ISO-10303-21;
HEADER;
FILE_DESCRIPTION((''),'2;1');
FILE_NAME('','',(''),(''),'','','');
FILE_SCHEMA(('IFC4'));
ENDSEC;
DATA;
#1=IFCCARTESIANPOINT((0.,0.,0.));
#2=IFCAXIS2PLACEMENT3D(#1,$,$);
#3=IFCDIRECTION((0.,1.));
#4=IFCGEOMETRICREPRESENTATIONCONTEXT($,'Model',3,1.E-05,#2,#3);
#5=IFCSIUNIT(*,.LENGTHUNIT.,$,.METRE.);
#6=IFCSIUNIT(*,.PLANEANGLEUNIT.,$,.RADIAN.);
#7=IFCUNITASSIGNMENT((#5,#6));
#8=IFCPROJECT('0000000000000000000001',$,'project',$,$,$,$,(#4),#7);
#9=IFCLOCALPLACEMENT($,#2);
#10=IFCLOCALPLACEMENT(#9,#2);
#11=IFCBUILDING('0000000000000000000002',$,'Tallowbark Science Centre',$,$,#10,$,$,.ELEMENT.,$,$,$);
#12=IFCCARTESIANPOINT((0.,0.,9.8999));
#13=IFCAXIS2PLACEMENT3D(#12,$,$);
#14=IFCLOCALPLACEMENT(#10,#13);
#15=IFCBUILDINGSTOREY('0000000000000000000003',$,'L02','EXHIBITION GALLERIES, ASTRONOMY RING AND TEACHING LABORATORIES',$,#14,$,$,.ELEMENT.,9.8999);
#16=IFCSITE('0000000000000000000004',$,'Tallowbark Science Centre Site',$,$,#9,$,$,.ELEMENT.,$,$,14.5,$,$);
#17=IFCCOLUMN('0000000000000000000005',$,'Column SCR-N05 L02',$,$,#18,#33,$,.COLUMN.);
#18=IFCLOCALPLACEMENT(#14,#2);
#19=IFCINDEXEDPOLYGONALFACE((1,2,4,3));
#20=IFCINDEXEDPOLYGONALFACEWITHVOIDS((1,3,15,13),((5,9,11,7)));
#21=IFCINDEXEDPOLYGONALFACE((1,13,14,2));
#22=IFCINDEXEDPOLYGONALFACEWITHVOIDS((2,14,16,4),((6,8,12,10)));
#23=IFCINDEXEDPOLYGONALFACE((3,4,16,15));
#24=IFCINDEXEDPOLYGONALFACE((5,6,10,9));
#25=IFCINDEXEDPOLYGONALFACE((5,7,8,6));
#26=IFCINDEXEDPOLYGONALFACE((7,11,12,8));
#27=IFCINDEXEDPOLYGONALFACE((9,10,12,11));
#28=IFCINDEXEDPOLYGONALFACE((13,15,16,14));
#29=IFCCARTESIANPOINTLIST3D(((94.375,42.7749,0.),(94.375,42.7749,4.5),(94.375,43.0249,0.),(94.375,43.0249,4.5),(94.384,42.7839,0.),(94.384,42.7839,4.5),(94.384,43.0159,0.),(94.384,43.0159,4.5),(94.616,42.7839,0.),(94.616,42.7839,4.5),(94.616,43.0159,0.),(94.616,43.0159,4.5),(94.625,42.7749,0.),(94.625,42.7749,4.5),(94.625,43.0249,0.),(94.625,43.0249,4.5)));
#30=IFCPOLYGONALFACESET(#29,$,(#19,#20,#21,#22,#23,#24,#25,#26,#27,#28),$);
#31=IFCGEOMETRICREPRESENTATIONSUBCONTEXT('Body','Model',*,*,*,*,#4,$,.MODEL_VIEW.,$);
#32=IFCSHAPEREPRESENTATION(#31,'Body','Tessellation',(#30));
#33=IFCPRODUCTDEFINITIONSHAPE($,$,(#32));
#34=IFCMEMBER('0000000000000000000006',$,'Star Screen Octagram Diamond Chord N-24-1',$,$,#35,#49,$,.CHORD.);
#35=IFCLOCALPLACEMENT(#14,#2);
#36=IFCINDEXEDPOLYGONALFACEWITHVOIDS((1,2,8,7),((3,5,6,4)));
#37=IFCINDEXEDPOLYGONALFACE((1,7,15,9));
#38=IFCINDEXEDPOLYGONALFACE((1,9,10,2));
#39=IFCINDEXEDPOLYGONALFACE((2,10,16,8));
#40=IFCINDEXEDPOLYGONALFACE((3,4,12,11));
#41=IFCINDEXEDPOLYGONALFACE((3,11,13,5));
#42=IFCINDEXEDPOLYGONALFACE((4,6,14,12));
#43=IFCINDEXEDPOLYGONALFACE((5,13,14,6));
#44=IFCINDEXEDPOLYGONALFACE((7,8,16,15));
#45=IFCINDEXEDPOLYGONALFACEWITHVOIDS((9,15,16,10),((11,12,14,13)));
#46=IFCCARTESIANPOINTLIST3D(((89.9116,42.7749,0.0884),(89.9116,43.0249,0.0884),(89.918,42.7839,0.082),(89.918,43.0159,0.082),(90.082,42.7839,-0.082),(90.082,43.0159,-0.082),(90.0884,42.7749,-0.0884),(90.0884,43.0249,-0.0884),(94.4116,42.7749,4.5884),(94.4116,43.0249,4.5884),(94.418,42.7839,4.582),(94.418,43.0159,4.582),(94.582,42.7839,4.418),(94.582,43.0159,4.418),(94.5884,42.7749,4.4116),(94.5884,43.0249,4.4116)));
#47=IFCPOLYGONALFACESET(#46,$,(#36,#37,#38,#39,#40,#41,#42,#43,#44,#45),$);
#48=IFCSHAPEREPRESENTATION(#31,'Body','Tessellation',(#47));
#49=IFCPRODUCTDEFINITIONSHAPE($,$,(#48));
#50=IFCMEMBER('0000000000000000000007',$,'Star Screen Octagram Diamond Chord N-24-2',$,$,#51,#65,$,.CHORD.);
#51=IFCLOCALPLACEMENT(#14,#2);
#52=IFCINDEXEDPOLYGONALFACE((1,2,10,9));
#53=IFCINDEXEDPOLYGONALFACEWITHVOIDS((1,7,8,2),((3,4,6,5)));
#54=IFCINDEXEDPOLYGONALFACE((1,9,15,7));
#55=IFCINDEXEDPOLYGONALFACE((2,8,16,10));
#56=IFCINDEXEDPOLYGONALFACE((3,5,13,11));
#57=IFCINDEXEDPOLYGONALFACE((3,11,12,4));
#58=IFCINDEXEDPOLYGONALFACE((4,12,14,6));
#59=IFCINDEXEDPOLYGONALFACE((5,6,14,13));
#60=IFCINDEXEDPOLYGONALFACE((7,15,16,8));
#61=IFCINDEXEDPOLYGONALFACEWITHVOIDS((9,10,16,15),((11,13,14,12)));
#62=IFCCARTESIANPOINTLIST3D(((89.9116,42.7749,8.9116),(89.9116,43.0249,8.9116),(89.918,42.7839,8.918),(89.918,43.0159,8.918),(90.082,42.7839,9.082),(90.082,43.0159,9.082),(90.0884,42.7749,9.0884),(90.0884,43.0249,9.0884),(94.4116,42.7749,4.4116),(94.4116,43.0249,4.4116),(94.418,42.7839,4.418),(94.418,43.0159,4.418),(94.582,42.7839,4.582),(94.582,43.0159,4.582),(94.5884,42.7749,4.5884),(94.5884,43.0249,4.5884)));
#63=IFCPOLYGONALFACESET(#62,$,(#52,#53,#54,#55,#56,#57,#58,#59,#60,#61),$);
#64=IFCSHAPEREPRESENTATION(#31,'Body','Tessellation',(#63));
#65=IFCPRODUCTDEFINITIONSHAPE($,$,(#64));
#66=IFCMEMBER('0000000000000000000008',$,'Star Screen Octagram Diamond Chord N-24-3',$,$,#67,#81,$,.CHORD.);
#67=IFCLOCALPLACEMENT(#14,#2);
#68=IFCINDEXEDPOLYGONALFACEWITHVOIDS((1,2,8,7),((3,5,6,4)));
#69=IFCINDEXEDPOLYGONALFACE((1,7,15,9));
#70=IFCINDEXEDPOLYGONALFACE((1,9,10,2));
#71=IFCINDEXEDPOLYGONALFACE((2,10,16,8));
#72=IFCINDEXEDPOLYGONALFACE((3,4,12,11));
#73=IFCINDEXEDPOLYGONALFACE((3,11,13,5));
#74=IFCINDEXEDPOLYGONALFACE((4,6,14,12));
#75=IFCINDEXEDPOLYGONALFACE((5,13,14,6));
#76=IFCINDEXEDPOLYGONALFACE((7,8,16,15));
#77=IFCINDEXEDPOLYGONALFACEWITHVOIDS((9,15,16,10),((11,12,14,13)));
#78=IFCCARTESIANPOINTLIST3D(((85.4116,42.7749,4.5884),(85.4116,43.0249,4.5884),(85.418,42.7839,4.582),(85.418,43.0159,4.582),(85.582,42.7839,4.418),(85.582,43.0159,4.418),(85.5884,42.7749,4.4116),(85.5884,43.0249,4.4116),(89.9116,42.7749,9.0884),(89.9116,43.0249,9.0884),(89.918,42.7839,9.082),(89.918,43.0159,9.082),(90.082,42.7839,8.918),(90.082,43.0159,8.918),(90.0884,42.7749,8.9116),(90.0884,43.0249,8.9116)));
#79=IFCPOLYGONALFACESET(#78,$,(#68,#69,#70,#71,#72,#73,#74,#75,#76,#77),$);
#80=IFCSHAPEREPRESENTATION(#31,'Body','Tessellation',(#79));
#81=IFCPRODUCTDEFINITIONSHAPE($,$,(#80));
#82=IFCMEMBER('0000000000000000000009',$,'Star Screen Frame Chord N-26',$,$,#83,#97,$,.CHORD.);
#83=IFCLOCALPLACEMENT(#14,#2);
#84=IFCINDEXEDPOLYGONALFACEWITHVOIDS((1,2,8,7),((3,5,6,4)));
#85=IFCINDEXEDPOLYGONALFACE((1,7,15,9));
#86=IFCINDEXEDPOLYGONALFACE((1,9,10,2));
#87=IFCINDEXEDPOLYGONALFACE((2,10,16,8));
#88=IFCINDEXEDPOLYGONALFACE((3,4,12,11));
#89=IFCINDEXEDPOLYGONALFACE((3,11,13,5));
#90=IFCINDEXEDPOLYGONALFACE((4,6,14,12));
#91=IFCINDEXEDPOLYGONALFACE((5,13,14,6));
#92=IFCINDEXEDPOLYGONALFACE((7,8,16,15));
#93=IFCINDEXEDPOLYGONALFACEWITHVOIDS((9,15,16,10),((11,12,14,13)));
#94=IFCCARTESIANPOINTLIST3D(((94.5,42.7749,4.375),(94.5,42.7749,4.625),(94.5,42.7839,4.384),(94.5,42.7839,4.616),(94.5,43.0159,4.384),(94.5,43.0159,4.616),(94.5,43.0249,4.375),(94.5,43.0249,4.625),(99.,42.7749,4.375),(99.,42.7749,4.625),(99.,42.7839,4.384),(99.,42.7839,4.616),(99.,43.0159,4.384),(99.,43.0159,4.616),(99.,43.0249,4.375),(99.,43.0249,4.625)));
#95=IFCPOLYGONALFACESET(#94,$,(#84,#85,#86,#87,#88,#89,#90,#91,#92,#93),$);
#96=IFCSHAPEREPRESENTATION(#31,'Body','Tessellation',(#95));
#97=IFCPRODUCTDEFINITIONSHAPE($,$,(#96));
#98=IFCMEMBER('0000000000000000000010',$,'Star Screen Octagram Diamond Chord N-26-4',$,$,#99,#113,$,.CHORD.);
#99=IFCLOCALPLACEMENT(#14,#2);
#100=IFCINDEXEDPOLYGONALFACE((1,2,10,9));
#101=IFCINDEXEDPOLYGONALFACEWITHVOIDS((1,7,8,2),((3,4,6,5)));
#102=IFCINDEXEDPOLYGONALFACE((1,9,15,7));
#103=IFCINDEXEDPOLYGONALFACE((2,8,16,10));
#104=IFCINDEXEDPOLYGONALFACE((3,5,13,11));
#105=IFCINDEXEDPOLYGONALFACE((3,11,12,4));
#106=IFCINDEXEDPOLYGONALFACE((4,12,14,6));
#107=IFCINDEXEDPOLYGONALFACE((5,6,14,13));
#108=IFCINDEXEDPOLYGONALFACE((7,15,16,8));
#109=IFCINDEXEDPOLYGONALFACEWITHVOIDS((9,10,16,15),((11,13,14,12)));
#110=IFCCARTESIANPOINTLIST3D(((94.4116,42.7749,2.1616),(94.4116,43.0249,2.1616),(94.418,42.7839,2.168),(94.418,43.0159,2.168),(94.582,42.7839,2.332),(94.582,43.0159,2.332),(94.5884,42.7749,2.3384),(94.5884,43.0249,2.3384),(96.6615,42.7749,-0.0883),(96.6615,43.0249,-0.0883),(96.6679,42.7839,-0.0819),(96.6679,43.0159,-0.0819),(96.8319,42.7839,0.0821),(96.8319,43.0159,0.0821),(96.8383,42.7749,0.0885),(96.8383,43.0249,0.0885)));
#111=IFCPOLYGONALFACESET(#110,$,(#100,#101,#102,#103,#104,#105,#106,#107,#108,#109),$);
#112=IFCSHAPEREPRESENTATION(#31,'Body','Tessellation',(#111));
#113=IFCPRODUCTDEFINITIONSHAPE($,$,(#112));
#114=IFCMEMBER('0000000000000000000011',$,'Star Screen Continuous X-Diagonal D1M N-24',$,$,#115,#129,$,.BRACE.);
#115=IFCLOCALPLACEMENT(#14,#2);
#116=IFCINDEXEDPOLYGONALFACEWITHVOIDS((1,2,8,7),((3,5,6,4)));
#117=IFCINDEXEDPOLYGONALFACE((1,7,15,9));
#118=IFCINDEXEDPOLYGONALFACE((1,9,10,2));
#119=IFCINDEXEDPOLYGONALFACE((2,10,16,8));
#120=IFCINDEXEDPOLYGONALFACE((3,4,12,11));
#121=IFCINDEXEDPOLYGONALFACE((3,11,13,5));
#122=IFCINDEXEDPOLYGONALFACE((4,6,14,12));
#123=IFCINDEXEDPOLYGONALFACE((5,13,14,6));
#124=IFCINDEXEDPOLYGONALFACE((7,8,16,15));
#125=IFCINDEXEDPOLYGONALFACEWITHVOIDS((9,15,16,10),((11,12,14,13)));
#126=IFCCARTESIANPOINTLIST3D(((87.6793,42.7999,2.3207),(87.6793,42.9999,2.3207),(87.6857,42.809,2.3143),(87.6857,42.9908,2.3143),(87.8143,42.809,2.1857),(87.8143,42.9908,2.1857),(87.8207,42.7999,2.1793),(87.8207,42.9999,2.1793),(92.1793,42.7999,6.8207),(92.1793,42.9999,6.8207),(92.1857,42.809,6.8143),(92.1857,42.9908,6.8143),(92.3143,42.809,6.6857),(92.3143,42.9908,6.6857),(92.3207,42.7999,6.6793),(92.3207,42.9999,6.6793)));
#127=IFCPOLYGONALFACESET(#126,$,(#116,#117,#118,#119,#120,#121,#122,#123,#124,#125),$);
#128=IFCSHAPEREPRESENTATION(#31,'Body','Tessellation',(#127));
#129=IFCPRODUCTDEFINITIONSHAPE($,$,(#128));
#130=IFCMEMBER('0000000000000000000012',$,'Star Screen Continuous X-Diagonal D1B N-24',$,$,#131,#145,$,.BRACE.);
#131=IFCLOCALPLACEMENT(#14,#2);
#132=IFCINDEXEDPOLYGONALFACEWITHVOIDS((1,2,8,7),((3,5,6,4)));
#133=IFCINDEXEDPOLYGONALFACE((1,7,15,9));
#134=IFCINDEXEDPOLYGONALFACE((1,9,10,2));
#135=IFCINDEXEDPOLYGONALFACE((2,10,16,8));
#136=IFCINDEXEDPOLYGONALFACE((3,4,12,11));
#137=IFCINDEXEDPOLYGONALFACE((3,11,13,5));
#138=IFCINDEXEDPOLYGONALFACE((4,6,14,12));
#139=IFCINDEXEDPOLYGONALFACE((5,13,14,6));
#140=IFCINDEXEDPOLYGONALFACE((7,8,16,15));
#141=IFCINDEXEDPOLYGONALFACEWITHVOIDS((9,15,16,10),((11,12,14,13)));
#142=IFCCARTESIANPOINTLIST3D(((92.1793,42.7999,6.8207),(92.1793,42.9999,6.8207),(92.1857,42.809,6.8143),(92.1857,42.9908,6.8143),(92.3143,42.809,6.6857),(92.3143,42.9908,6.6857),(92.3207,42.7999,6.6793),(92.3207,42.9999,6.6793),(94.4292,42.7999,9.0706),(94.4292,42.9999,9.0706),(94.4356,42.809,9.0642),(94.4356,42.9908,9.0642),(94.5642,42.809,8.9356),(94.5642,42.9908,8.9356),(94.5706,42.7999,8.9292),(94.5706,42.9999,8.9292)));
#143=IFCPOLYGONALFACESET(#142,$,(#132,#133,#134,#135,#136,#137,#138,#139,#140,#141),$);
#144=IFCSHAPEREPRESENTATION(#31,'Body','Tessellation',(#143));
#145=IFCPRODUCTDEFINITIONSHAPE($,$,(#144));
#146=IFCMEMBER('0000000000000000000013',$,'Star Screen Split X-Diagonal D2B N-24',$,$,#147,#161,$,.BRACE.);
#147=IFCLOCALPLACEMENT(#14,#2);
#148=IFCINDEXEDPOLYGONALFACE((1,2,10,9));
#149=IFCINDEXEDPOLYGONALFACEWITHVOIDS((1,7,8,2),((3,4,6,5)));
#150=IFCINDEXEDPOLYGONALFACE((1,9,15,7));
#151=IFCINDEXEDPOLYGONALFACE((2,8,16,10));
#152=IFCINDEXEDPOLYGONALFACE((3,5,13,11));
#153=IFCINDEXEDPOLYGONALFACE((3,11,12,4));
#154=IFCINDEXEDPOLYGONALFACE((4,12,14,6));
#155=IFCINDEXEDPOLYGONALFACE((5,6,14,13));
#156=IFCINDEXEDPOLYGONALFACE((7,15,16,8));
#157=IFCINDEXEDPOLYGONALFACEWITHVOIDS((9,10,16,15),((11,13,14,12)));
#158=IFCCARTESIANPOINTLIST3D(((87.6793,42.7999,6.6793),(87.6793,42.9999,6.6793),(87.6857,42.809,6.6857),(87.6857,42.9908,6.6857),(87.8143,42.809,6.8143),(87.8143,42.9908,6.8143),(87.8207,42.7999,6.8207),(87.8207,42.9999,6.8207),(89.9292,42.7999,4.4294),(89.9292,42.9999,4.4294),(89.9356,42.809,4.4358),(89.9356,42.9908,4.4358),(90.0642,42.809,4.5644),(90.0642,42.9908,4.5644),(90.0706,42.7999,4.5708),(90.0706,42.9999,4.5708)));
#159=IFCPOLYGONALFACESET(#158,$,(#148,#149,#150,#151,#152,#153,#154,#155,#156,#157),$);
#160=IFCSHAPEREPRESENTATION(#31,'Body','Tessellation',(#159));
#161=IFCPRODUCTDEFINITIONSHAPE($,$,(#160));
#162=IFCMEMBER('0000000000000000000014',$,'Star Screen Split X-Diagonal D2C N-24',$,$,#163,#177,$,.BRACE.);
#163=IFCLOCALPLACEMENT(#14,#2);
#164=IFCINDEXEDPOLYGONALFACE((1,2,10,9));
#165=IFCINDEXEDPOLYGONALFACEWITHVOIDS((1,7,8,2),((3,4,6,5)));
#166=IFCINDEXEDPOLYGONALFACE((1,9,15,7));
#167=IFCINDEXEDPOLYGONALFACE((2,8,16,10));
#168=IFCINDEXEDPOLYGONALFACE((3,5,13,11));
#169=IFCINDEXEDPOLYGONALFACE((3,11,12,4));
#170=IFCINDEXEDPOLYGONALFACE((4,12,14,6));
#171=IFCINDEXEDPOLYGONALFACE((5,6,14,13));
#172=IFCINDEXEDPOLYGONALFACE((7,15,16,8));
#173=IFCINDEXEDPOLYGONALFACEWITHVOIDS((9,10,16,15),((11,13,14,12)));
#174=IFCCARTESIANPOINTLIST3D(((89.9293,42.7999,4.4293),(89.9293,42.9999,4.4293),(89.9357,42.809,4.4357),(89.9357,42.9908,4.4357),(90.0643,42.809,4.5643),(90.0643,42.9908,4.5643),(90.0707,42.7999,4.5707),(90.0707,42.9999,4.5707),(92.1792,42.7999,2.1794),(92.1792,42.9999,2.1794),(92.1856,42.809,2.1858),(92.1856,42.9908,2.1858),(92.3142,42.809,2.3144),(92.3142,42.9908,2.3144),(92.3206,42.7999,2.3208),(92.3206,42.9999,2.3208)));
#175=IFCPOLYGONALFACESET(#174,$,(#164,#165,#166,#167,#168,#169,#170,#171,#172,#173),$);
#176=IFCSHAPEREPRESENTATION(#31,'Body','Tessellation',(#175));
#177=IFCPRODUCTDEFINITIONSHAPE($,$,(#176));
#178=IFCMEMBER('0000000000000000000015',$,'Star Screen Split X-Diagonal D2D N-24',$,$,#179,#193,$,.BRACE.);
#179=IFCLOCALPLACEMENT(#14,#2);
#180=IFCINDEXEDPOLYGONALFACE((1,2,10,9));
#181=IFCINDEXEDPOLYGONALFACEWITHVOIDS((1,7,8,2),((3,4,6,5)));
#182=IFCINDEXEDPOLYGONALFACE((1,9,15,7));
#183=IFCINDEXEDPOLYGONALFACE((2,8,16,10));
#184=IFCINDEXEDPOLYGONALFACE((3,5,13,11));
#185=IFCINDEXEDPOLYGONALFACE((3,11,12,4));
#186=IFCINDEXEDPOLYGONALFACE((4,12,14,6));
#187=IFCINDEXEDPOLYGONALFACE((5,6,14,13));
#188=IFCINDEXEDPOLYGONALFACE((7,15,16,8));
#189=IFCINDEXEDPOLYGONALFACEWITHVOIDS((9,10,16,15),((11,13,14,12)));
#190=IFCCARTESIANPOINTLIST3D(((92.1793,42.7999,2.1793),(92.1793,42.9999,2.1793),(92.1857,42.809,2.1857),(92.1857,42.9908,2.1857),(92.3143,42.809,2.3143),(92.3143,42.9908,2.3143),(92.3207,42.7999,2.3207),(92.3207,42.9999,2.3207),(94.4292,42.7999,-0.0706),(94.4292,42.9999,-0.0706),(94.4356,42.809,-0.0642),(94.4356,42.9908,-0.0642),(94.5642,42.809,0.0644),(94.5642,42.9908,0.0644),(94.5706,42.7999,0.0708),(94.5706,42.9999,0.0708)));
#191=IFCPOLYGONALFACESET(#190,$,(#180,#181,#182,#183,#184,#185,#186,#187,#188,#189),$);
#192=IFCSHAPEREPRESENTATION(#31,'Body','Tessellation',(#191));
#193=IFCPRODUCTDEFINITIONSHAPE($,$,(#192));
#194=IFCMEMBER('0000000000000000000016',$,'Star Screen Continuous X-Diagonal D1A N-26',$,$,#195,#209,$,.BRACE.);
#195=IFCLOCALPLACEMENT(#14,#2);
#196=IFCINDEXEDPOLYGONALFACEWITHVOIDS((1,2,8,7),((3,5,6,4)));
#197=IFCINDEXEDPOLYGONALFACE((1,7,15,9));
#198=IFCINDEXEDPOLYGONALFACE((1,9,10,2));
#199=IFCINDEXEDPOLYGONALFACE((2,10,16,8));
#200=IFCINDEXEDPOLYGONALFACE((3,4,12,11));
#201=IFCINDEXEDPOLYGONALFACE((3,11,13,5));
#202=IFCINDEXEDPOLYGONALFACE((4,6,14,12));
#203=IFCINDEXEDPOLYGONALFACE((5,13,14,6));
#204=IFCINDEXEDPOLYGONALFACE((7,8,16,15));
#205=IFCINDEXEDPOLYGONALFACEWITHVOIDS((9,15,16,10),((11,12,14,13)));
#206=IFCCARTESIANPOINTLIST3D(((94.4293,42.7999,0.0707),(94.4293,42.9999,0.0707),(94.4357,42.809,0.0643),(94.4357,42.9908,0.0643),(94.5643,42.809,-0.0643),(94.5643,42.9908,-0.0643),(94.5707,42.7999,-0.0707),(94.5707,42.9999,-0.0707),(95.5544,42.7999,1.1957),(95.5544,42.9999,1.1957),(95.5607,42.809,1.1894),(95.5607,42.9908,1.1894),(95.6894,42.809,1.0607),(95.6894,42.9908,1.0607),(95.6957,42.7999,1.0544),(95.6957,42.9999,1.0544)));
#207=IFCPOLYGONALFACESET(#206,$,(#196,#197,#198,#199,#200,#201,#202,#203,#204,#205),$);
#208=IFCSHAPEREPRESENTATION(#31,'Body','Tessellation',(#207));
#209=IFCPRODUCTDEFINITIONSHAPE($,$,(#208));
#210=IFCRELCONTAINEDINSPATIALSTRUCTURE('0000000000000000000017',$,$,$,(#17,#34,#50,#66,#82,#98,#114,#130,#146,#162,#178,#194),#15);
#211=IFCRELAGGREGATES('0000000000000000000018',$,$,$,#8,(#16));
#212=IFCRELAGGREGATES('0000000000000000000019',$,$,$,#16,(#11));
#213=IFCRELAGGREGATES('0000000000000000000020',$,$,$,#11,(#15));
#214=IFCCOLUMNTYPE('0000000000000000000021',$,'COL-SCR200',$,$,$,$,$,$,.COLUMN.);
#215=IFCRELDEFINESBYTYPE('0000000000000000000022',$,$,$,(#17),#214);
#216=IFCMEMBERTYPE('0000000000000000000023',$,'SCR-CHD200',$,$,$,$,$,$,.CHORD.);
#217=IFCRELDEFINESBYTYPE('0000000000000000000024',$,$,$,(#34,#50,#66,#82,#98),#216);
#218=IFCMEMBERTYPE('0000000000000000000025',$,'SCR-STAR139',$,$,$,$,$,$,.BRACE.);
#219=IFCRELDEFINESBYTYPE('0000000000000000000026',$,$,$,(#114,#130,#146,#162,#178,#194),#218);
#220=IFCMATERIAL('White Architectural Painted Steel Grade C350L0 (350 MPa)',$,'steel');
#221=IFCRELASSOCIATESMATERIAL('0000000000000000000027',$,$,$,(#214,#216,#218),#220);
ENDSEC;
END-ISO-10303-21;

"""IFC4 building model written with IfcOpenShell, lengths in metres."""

from ifc_helpers import new_model, si_unit, direction, frame, origin, origin_2d, place, context, subcontext, project, spatial, hollow_rectangle, extrude, material, material_profile, profile_set, type_object, element, save


model = new_model("IFC4")

# Units and contexts
model_context = context("Model", 3, precision=1e-05, world=origin(), true_north=direction((0.0, 1.0)))
body_context = subcontext(model_context, "Body", "Model", "MODEL_VIEW")
ifc_project = project(units=[si_unit("LENGTHUNIT", "METRE"), si_unit("PLANEANGLEUNIT", "RADIAN")], contexts=[model_context])

# Site, building, storey
site_placement = place(None, origin())
site = spatial("IfcSite", under=ifc_project, at=site_placement, Name="Tallowbark Science Centre Site", CompositionType="ELEMENT", RefElevation=14.5)
building_placement = place(site_placement, origin())
building = spatial("IfcBuilding", under=site, at=building_placement, Name="Tallowbark Science Centre", CompositionType="ELEMENT")
storey_placement = place(building_placement, frame((0.0, 0.0, 9.8999)))
storey = spatial("IfcBuildingStorey", under=building, at=storey_placement, Name="L02", Description="EXHIBITION GALLERIES, ASTRONOMY RING AND TEACHING LABORATORIES", CompositionType="ELEMENT", Elevation=9.8999)

# Column
ifc_material_1 = material(Name="White Architectural Painted Steel Grade C350L0 (350 MPa)", Category="steel")
ifc_material_profile_1 = material_profile(ifc_material_1, hollow_rectangle(XDim=0.25, YDim=0.25, WallThickness=0.009, at=origin_2d()), Name="250x250x9.0SHS")
ifc_profile_set_1 = profile_set([ifc_material_profile_1], Name="White Architectural Painted Steel Grade C350L0 (350 MPa)")
column_type = type_object("IfcColumnType", Name="COL-SCR200", PredefinedType="COLUMN", material=ifc_profile_set_1)
column_placement = place(storey_placement, frame((94.5, 42.8999, 0.0), z_axis=(0.0, 0.0, 1.0), x_axis=(1.0, 0.0, 0.0)))
element("IfcColumn", 1, at=column_placement, inside=storey, type_object=column_type, Name="Column SCR-N05 L02", PredefinedType="COLUMN", context=body_context, shape_type="SweptSolid", body=[
    extrude(hollow_rectangle(XDim=0.25, YDim=0.25, WallThickness=0.009, at=origin_2d()), origin(), (0.0, 0.0, 1.0), 4.5),
])

# Members
ifc_material_profile_2 = material_profile(ifc_material_1, hollow_rectangle(XDim=0.25, YDim=0.25, WallThickness=0.009, at=origin_2d()), Name="250x250x9.0SHS")
ifc_profile_set_2 = profile_set([ifc_material_profile_2], Name="White Architectural Painted Steel Grade C350L0 (350 MPa)")
member_type_1 = type_object("IfcMemberType", Name="SCR-CHD200", PredefinedType="CHORD", material=ifc_profile_set_2)
for number, where, z_axis, x_axis, name in (
    (2, (90.0, 42.8999, 0.0), (0.707107, 0.0, 0.707107), (0.0, 1.0, 0.0), "Star Screen Octagram Diamond Chord N-24-1"),
    (3, (94.5, 42.8999, 4.5), (-0.707107, 0.0, 0.707107), (0.0, -1.0, 0.0), "Star Screen Octagram Diamond Chord N-24-2"),
    (4, (90.0, 42.8999, 9.0), (-0.707107, 0.0, -0.707107), (0.0, -1.0, 0.0), "Star Screen Octagram Diamond Chord N-24-3"),
):
    element("IfcMember", number, at=place(storey_placement, frame(where, z_axis=z_axis, x_axis=x_axis)), inside=storey, type_object=member_type_1, Name=name, PredefinedType="CHORD", context=body_context, shape_type="SweptSolid", body=[
        extrude(hollow_rectangle(XDim=0.25, YDim=0.25, WallThickness=0.009, at=origin_2d()), origin(), (0.0, 0.0, 1.0), 6.364),
    ])
member_1_placement = place(storey_placement, frame((94.5, 42.8999, 4.5), z_axis=(1.0, 0.0, 0.0), x_axis=(0.0, 1.0, 0.0)))
element("IfcMember", 5, at=member_1_placement, inside=storey, type_object=member_type_1, Name="Star Screen Frame Chord N-26", PredefinedType="CHORD", context=body_context, shape_type="SweptSolid", body=[
    extrude(hollow_rectangle(XDim=0.25, YDim=0.25, WallThickness=0.009, at=origin_2d()), origin(), (0.0, 0.0, 1.0), 4.5),
])
member_2_placement = place(storey_placement, frame((94.5, 42.8999, 2.25), z_axis=(0.707107, 0.0, -0.707107), x_axis=(0.0, 1.0, 0.0)))
element("IfcMember", 6, at=member_2_placement, inside=storey, type_object=member_type_1, Name="Star Screen Octagram Diamond Chord N-26-4", PredefinedType="CHORD", context=body_context, shape_type="SweptSolid", body=[
    extrude(hollow_rectangle(XDim=0.25, YDim=0.25, WallThickness=0.009, at=origin_2d()), origin(), (0.0, 0.0, 1.0), 3.1819),
])
ifc_material_profile_3 = material_profile(ifc_material_1, hollow_rectangle(XDim=0.2, YDim=0.2, WallThickness=0.009, at=origin_2d()), Name="200x200x9.0SHS")
ifc_profile_set_3 = profile_set([ifc_material_profile_3], Name="White Architectural Painted Steel Grade C350L0 (350 MPa)")
member_type_2 = type_object("IfcMemberType", Name="SCR-STAR139", PredefinedType="BRACE", material=ifc_profile_set_3)
member_3_placement = place(storey_placement, frame((87.75, 42.8999, 2.25), z_axis=(0.707107, 0.0, 0.707107), x_axis=(0.0, 1.0, 0.0)))
element("IfcMember", 7, at=member_3_placement, inside=storey, type_object=member_type_2, Name="Star Screen Continuous X-Diagonal D1M N-24", PredefinedType="BRACE", context=body_context, shape_type="SweptSolid", body=[
    extrude(hollow_rectangle(XDim=0.2, YDim=0.2, WallThickness=0.009, at=origin_2d()), origin(), (0.0, 0.0, 1.0), 6.364),
])
for number, where, z_axis, x_axis, name in (
    (8, (92.25, 42.8999, 6.75), (0.707107, 0.0, 0.707107), (0.0, 1.0, 0.0), "Star Screen Continuous X-Diagonal D1B N-24"),
    (9, (87.75, 42.8999, 6.75), (0.707107, 0.0, -0.707107), (0.0, 1.0, 0.0), "Star Screen Split X-Diagonal D2B N-24"),
    (10, (90.0, 42.8999, 4.5), (0.707107, 0.0, -0.707107), (0.0, 1.0, 0.0), "Star Screen Split X-Diagonal D2C N-24"),
    (11, (92.25, 42.8999, 2.25), (0.707107, 0.0, -0.707107), (0.0, 1.0, 0.0), "Star Screen Split X-Diagonal D2D N-24"),
):
    element("IfcMember", number, at=place(storey_placement, frame(where, z_axis=z_axis, x_axis=x_axis)), inside=storey, type_object=member_type_2, Name=name, PredefinedType="BRACE", context=body_context, shape_type="SweptSolid", body=[
        extrude(hollow_rectangle(XDim=0.2, YDim=0.2, WallThickness=0.009, at=origin_2d()), origin(), (0.0, 0.0, 1.0), 3.1819),
    ])
member_4_placement = place(storey_placement, frame((94.5, 42.8999, 0.0), z_axis=(0.707107, 0.0, 0.707107), x_axis=(0.0, 1.0, 0.0)))
element("IfcMember", 12, at=member_4_placement, inside=storey, type_object=member_type_2, Name="Star Screen Continuous X-Diagonal D1A N-26", PredefinedType="BRACE", context=body_context, shape_type="SweptSolid", body=[
    extrude(hollow_rectangle(XDim=0.2, YDim=0.2, WallThickness=0.009, at=origin_2d()), origin(), (0.0, 0.0, 1.0), 1.5911),
])

save(model, "model.ifc")
